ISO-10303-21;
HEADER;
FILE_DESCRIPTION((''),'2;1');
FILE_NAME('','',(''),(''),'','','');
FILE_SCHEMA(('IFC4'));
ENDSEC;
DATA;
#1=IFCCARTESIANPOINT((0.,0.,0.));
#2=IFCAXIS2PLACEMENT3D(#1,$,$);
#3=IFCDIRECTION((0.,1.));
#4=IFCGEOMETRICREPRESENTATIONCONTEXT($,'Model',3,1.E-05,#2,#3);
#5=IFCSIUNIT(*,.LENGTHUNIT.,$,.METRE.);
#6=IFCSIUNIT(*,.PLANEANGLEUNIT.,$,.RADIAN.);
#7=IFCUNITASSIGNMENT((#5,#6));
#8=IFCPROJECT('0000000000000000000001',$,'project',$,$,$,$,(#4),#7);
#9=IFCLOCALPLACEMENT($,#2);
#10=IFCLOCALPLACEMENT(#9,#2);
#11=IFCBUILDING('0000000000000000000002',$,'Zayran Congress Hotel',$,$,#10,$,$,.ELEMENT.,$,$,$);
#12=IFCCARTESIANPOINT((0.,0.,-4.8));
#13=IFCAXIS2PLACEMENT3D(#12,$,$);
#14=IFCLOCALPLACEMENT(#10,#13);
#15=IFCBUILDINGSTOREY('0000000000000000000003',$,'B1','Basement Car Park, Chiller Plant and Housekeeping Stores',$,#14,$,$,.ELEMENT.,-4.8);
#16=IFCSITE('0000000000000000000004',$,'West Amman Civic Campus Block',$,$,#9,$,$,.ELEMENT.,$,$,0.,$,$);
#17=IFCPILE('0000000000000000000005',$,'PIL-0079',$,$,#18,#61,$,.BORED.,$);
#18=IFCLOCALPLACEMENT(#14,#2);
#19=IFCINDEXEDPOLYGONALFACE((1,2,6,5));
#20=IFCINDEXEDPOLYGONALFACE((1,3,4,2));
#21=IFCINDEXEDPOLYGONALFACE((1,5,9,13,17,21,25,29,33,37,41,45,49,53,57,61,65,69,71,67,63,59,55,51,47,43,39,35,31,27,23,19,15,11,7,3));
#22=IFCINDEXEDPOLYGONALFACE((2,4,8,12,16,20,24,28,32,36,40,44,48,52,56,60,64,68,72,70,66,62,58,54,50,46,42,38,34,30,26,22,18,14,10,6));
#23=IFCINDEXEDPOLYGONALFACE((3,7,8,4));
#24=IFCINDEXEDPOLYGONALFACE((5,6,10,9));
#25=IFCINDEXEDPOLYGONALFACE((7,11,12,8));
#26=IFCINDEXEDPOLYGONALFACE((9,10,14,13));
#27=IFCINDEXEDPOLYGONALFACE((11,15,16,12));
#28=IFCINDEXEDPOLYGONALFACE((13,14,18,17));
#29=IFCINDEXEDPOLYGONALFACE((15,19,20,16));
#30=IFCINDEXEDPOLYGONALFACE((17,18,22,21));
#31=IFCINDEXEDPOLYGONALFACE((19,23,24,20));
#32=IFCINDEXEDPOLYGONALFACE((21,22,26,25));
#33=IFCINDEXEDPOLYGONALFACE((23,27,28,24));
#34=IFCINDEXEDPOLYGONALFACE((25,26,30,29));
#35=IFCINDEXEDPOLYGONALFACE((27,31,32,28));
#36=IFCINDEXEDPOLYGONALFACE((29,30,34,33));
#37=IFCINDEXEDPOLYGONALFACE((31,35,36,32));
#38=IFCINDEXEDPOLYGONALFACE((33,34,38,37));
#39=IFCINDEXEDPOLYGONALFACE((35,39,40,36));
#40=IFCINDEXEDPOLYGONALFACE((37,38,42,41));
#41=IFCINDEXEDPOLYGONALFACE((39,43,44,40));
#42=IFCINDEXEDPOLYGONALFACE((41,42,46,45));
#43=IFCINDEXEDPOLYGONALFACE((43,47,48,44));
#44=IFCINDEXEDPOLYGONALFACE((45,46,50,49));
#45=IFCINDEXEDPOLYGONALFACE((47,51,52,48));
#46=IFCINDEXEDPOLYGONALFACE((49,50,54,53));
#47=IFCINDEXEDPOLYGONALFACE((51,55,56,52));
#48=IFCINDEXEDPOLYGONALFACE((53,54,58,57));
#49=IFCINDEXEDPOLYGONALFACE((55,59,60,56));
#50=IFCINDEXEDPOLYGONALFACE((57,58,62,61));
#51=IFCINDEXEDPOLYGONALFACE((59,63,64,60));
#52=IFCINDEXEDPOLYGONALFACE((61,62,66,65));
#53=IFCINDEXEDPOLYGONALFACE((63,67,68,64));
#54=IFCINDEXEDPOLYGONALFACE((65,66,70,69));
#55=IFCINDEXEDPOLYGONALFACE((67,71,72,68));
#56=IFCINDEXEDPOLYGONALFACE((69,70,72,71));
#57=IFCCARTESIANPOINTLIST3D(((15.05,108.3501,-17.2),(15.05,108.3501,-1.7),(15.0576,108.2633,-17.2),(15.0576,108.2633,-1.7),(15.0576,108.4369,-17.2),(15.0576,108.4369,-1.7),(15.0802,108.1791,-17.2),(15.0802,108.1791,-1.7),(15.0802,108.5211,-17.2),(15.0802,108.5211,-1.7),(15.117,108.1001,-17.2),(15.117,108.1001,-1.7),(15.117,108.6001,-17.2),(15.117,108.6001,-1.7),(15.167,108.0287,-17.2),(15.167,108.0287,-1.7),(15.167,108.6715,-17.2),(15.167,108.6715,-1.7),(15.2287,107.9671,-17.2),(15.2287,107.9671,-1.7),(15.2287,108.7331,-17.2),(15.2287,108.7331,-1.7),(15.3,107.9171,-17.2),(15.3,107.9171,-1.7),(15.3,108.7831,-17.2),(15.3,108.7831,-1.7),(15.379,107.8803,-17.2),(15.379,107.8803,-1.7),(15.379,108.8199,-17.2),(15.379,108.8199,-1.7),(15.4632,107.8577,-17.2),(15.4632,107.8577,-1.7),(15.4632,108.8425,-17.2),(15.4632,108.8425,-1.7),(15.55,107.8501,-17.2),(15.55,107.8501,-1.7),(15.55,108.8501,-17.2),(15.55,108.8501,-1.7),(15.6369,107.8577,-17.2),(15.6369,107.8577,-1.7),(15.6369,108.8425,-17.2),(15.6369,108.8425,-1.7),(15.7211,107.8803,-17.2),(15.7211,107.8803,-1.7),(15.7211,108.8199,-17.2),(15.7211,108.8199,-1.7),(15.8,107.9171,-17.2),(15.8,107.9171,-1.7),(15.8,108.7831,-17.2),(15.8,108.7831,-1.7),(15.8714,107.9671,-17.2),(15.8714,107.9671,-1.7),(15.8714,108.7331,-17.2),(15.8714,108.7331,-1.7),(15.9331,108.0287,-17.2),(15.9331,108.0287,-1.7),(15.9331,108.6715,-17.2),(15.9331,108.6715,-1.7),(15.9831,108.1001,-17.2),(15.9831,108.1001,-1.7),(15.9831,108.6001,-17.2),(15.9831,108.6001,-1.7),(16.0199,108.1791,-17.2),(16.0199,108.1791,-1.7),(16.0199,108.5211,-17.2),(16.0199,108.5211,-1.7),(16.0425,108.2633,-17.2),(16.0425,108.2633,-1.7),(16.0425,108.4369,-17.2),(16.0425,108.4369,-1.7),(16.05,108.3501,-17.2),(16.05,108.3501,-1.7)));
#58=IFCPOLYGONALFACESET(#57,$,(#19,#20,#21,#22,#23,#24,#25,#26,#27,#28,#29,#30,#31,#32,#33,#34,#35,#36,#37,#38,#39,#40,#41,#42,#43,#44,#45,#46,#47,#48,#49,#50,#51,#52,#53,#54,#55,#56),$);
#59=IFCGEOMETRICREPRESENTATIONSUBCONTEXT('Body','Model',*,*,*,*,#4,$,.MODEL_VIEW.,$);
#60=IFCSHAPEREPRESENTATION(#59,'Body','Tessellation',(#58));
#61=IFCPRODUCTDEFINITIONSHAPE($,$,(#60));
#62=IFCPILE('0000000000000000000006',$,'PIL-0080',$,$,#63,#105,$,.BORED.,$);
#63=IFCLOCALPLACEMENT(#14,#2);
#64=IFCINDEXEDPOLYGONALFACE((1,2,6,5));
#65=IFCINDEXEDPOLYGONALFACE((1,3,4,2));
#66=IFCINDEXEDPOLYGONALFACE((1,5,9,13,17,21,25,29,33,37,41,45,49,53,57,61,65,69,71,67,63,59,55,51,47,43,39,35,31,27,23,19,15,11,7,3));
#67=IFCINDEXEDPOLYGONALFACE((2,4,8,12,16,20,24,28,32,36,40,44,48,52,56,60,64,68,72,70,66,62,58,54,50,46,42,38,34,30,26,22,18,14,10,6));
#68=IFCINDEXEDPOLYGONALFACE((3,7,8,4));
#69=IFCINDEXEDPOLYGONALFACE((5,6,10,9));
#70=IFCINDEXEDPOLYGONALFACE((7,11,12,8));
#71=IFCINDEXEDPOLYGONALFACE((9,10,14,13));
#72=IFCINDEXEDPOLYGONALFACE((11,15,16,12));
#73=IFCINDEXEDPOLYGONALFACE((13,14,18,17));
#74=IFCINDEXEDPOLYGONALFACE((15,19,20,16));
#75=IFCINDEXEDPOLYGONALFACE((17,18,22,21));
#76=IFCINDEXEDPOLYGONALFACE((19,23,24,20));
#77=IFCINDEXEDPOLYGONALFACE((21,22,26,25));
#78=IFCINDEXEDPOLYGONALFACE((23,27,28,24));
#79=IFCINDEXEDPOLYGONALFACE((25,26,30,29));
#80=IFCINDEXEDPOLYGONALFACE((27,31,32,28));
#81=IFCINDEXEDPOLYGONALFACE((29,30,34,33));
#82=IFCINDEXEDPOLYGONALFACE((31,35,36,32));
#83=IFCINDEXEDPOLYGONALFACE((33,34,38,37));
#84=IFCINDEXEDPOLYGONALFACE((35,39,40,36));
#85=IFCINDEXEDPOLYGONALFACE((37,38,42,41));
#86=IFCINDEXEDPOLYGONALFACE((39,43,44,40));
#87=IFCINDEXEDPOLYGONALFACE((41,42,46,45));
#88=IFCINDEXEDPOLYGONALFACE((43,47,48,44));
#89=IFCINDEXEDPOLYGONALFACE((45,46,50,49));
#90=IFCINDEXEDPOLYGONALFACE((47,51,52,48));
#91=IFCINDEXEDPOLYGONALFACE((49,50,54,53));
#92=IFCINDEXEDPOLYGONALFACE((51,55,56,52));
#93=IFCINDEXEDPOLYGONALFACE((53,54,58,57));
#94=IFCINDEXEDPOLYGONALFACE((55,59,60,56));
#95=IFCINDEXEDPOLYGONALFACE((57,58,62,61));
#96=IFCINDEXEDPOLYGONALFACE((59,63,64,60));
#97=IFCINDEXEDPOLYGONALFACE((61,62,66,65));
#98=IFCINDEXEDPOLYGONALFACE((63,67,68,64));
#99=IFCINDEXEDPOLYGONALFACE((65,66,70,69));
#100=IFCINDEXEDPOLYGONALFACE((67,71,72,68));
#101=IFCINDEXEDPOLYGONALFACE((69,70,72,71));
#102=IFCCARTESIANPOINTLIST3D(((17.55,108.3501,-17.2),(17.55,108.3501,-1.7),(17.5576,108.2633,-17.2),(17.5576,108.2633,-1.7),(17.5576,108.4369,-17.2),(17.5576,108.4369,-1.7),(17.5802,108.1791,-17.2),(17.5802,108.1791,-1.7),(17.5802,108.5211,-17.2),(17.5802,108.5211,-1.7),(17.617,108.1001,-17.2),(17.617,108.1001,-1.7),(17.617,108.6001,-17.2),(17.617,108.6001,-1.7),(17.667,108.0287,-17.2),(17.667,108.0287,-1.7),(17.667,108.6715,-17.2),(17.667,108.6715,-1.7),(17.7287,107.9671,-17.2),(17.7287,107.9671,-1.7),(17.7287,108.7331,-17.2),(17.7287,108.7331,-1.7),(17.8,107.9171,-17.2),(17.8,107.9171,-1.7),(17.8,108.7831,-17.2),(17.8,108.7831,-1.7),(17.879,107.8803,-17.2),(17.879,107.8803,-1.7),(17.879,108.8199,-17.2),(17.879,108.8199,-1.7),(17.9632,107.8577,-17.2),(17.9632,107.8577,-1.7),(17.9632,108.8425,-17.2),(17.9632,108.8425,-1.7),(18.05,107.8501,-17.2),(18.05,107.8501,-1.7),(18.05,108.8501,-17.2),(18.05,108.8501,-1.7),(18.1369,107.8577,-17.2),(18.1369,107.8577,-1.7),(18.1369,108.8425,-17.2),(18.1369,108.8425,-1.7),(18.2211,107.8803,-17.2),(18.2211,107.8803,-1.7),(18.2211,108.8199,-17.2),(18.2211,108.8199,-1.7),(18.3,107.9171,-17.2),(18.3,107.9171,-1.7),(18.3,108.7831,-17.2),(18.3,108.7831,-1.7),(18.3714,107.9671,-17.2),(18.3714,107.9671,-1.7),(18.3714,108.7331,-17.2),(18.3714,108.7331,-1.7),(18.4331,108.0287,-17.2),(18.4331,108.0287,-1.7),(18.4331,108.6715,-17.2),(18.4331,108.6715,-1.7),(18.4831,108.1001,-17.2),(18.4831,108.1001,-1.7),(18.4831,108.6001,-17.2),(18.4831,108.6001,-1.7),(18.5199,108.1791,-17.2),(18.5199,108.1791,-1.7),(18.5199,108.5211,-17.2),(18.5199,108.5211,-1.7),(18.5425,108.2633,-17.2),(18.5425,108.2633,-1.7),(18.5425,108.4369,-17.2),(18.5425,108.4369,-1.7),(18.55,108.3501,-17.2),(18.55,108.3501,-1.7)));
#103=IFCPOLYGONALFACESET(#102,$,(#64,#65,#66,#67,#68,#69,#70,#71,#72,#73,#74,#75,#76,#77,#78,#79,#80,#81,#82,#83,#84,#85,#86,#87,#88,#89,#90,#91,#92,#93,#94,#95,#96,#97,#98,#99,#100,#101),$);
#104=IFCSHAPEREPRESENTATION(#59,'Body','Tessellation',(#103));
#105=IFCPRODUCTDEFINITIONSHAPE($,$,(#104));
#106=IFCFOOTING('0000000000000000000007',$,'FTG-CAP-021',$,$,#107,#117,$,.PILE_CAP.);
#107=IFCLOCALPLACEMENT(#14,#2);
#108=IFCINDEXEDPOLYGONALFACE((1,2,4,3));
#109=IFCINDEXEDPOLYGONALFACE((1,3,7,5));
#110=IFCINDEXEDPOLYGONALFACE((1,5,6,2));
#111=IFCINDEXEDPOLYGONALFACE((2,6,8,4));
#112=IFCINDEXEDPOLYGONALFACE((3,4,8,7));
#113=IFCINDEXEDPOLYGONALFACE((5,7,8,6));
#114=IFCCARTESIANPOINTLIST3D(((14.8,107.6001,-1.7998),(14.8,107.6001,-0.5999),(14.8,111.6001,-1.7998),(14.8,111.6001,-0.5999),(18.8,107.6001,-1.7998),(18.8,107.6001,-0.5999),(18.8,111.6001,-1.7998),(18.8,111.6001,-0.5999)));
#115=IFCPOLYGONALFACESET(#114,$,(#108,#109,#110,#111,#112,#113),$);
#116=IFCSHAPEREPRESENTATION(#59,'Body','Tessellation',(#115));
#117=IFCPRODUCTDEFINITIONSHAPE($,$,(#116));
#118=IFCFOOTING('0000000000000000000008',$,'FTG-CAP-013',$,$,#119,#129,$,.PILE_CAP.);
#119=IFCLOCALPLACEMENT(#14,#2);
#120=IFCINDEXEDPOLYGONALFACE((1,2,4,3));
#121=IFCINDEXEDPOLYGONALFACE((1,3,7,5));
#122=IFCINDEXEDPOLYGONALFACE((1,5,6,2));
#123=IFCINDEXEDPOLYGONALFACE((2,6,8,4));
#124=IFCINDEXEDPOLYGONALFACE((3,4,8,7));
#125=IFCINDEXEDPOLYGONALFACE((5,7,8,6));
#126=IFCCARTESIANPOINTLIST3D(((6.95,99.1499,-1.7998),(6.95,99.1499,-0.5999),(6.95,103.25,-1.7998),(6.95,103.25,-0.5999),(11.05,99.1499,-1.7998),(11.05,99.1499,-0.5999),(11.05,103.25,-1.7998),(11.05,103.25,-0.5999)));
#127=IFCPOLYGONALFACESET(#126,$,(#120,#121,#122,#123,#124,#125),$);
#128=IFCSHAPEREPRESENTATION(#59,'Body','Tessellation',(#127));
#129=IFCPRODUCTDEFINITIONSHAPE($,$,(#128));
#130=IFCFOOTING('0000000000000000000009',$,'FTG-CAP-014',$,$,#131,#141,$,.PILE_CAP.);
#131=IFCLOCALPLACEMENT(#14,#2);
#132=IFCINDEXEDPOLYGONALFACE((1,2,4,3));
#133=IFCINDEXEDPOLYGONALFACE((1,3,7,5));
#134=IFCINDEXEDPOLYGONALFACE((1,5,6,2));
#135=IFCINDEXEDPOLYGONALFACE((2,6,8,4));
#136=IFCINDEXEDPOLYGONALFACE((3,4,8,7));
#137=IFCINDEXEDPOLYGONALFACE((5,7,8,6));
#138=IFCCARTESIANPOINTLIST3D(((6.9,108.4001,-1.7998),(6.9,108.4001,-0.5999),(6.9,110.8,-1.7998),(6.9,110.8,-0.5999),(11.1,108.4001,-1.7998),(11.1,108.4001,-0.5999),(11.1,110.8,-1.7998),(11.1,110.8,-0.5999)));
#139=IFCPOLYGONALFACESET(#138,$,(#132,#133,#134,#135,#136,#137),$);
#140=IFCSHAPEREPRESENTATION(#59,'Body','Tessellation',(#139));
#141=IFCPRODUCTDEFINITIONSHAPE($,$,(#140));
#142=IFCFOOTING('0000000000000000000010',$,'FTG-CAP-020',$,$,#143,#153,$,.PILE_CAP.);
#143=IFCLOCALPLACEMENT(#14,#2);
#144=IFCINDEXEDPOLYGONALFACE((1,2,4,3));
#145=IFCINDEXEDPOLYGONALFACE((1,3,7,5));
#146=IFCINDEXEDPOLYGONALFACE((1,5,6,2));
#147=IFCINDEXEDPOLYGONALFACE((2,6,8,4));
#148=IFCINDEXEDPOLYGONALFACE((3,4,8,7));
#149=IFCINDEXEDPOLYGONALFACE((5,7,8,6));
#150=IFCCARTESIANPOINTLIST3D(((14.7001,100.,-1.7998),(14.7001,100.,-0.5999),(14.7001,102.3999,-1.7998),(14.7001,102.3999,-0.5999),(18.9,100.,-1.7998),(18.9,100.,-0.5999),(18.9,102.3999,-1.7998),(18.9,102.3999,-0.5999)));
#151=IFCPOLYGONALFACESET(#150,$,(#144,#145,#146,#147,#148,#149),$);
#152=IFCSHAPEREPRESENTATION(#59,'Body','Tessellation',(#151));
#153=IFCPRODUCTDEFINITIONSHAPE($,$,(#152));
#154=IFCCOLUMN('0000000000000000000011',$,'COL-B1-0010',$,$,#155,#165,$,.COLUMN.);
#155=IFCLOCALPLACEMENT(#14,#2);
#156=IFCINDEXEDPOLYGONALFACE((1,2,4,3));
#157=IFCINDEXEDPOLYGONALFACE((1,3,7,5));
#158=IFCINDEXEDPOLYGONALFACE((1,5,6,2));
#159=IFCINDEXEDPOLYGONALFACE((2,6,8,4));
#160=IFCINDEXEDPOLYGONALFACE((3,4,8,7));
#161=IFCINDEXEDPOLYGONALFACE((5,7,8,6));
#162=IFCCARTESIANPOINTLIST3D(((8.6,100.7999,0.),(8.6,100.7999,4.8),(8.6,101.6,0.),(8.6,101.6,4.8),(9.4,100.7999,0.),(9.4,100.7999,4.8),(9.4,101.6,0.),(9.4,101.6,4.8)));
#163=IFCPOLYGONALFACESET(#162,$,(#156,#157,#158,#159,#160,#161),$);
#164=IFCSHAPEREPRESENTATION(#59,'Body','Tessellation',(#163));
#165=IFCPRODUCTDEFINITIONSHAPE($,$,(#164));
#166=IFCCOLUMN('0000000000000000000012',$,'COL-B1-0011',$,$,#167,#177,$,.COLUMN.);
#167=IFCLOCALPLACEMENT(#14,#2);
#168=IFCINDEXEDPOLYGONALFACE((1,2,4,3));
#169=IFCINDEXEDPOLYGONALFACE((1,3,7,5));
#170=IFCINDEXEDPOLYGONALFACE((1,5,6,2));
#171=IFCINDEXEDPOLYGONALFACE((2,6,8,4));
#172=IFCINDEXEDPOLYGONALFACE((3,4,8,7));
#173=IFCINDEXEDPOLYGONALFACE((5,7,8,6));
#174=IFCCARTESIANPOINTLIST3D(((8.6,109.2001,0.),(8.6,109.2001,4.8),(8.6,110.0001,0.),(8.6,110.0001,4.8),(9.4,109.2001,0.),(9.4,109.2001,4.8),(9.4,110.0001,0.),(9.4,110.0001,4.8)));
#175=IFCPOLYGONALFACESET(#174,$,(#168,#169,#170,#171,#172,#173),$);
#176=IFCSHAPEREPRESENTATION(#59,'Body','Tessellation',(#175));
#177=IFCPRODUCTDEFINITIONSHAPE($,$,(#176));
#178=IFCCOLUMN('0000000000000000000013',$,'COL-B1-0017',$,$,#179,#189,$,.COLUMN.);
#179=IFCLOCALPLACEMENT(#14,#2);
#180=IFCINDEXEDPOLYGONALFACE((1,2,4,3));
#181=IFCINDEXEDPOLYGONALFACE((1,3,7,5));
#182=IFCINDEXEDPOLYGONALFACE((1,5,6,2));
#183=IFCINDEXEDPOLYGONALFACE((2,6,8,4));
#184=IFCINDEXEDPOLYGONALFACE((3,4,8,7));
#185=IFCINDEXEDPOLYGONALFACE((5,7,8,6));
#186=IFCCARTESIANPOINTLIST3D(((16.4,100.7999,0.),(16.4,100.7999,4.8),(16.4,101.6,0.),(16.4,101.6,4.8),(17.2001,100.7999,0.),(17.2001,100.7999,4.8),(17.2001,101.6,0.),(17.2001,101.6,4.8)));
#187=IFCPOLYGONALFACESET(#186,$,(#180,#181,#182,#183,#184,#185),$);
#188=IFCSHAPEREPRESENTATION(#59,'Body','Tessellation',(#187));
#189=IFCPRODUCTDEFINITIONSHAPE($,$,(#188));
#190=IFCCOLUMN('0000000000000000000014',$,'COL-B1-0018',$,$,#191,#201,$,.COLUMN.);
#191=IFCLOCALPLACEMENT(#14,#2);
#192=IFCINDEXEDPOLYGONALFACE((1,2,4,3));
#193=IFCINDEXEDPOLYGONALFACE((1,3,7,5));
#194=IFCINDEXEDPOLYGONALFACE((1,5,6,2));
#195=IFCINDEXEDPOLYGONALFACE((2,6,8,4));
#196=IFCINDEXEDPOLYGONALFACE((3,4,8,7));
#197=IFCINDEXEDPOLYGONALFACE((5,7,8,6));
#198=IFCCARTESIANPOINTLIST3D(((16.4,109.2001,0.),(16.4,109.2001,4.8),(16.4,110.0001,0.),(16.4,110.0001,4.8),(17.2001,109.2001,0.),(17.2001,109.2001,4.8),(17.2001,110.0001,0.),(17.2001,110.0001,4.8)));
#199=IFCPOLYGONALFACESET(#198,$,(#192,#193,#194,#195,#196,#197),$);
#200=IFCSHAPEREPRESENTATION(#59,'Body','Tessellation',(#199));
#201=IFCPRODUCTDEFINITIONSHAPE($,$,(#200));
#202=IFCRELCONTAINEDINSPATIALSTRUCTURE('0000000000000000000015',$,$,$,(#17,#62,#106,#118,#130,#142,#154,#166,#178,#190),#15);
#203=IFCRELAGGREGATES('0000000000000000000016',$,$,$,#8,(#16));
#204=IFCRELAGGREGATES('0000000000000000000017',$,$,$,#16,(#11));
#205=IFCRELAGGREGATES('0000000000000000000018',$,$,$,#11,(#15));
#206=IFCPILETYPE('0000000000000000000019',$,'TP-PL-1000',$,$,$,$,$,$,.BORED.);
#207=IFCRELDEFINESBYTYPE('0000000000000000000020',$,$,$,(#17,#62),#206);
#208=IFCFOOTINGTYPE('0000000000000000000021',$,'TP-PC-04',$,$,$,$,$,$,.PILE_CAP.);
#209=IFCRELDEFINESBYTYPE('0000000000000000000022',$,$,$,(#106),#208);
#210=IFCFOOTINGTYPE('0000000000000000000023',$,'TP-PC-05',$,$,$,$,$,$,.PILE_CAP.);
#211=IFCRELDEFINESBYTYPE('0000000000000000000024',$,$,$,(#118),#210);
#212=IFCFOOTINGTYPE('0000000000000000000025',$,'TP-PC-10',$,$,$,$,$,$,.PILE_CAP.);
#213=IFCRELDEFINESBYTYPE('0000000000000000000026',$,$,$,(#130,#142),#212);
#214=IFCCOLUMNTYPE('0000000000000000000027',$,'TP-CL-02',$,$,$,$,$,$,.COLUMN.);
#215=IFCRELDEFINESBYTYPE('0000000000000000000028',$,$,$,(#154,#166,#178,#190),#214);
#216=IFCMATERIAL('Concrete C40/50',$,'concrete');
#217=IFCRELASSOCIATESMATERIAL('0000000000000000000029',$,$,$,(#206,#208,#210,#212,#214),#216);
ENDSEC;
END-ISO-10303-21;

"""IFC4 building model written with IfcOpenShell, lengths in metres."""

from ifc_helpers import new_model, si_unit, direction, frame, origin, origin_2d, place, context, subcontext, project, spatial, rectangle, circle, extrude, material, material_profile, profile_set, type_object, element, save


model = new_model("IFC4")

# Units and contexts
model_context = context("Model", 3, precision=1e-05, world=origin(), true_north=direction((0.0, 1.0)))
body_context = subcontext(model_context, "Body", "Model", "MODEL_VIEW")
ifc_project = project(units=[si_unit("LENGTHUNIT", "METRE"), si_unit("PLANEANGLEUNIT", "RADIAN")], contexts=[model_context])

# Site, building, storey
site_placement = place(None, origin())
site = spatial("IfcSite", under=ifc_project, at=site_placement, Name="West Amman Civic Campus Block", CompositionType="ELEMENT", RefElevation=0.0)
building_placement = place(site_placement, origin())
building = spatial("IfcBuilding", under=site, at=building_placement, Name="Zayran Congress Hotel", CompositionType="ELEMENT")
storey_placement = place(building_placement, frame((0.0, 0.0, -4.8)))
storey = spatial("IfcBuildingStorey", under=building, at=storey_placement, Name="B1", Description="Basement Car Park, Chiller Plant and Housekeeping Stores", CompositionType="ELEMENT", Elevation=-4.8)

# Piles
ifc_material_1 = material(Name="Concrete C40/50", Category="concrete")
ifc_material_profile_1 = material_profile(ifc_material_1, circle(Radius=0.5, at=origin_2d()), Name="PILE D1000")
ifc_profile_set_1 = profile_set([ifc_material_profile_1], Name="Concrete C40/50")
pile_type = type_object("IfcPileType", Name="TP-PL-1000", PredefinedType="BORED", material=ifc_profile_set_1)
for number, where, z_axis, x_axis, name in (
    (1, (15.55, 108.3501, -1.7), (0.0, 0.0, -1.0), (1.0, 0.0, 0.0), "PIL-0079"),
    (2, (18.05, 108.3501, -1.7), (0.0, 0.0, -1.0), (1.0, 0.0, 0.0), "PIL-0080"),
):
    element("IfcPile", number, at=place(storey_placement, frame(where, z_axis=z_axis, x_axis=x_axis)), inside=storey, type_object=pile_type, Name=name, PredefinedType="BORED", context=body_context, shape_type="SweptSolid", body=[
        extrude(circle(Radius=0.5, at=origin_2d()), origin(), (0.0, 0.0, 1.0), 15.5),
    ])

# Footings
footing_type_1 = type_object("IfcFootingType", Name="TP-PC-04", PredefinedType="PILE_CAP", material=ifc_material_1)
footing_1_placement = place(storey_placement, frame((16.8, 109.6001, -1.7998), z_axis=(0.0, 0.0, 1.0), x_axis=(1.0, 0.0, 0.0)))
element("IfcFooting", 3, at=footing_1_placement, inside=storey, type_object=footing_type_1, Name="FTG-CAP-021", PredefinedType="PILE_CAP", context=body_context, shape_type="SweptSolid", body=[
    extrude(rectangle(XDim=4.0, YDim=4.0, at=origin_2d()), origin(), (0.0, 0.0, 1.0), 1.2),
])
footing_type_2 = type_object("IfcFootingType", Name="TP-PC-05", PredefinedType="PILE_CAP", material=ifc_material_1)
footing_2_placement = place(storey_placement, frame((9.0, 101.2, -1.7998), z_axis=(0.0, 0.0, 1.0), x_axis=(1.0, 0.0, 0.0)))
element("IfcFooting", 4, at=footing_2_placement, inside=storey, type_object=footing_type_2, Name="FTG-CAP-013", PredefinedType="PILE_CAP", context=body_context, shape_type="SweptSolid", body=[
    extrude(rectangle(XDim=4.1001, YDim=4.1001, at=origin_2d()), origin(), (0.0, 0.0, 1.0), 1.2),
])
footing_type_3 = type_object("IfcFootingType", Name="TP-PC-10", PredefinedType="PILE_CAP", material=ifc_material_1)
for number, where, z_axis, x_axis, name in (
    (5, (9.0, 109.6001, -1.7998), (0.0, 0.0, 1.0), (1.0, 0.0, 0.0), "FTG-CAP-014"),
    (6, (16.8, 101.2, -1.7998), (0.0, 0.0, 1.0), (1.0, 0.0, 0.0), "FTG-CAP-020"),
):
    element("IfcFooting", number, at=place(storey_placement, frame(where, z_axis=z_axis, x_axis=x_axis)), inside=storey, type_object=footing_type_3, Name=name, PredefinedType="PILE_CAP", context=body_context, shape_type="SweptSolid", body=[
        extrude(rectangle(XDim=4.2, YDim=2.3999, at=origin_2d()), origin(), (0.0, 0.0, 1.0), 1.2),
    ])

# Columns
ifc_material_profile_2 = material_profile(ifc_material_1, rectangle(XDim=0.8, YDim=0.8, at=origin_2d()), Name="RC 800x800")
ifc_profile_set_2 = profile_set([ifc_material_profile_2], Name="Concrete C40/50")
column_type = type_object("IfcColumnType", Name="TP-CL-02", PredefinedType="COLUMN", material=ifc_profile_set_2)
for number, where, z_axis, x_axis, name in (
    (7, (9.0, 101.2, 0.0), (0.0, 0.0, 1.0), (1.0, 0.0, 0.0), "COL-B1-0010"),
    (8, (9.0, 109.6001, 0.0), (0.0, 0.0, 1.0), (1.0, 0.0, 0.0), "COL-B1-0011"),
    (9, (16.8, 101.2, 0.0), (0.0, 0.0, 1.0), (1.0, 0.0, 0.0), "COL-B1-0017"),
    (10, (16.8, 109.6001, 0.0), (0.0, 0.0, 1.0), (1.0, 0.0, 0.0), "COL-B1-0018"),
):
    element("IfcColumn", number, at=place(storey_placement, frame(where, z_axis=z_axis, x_axis=x_axis)), inside=storey, type_object=column_type, Name=name, PredefinedType="COLUMN", context=body_context, shape_type="SweptSolid", body=[
        extrude(rectangle(XDim=0.8, YDim=0.8, at=origin_2d()), origin(), (0.0, 0.0, 1.0), 4.8),
    ])

save(model, "model.ifc")
